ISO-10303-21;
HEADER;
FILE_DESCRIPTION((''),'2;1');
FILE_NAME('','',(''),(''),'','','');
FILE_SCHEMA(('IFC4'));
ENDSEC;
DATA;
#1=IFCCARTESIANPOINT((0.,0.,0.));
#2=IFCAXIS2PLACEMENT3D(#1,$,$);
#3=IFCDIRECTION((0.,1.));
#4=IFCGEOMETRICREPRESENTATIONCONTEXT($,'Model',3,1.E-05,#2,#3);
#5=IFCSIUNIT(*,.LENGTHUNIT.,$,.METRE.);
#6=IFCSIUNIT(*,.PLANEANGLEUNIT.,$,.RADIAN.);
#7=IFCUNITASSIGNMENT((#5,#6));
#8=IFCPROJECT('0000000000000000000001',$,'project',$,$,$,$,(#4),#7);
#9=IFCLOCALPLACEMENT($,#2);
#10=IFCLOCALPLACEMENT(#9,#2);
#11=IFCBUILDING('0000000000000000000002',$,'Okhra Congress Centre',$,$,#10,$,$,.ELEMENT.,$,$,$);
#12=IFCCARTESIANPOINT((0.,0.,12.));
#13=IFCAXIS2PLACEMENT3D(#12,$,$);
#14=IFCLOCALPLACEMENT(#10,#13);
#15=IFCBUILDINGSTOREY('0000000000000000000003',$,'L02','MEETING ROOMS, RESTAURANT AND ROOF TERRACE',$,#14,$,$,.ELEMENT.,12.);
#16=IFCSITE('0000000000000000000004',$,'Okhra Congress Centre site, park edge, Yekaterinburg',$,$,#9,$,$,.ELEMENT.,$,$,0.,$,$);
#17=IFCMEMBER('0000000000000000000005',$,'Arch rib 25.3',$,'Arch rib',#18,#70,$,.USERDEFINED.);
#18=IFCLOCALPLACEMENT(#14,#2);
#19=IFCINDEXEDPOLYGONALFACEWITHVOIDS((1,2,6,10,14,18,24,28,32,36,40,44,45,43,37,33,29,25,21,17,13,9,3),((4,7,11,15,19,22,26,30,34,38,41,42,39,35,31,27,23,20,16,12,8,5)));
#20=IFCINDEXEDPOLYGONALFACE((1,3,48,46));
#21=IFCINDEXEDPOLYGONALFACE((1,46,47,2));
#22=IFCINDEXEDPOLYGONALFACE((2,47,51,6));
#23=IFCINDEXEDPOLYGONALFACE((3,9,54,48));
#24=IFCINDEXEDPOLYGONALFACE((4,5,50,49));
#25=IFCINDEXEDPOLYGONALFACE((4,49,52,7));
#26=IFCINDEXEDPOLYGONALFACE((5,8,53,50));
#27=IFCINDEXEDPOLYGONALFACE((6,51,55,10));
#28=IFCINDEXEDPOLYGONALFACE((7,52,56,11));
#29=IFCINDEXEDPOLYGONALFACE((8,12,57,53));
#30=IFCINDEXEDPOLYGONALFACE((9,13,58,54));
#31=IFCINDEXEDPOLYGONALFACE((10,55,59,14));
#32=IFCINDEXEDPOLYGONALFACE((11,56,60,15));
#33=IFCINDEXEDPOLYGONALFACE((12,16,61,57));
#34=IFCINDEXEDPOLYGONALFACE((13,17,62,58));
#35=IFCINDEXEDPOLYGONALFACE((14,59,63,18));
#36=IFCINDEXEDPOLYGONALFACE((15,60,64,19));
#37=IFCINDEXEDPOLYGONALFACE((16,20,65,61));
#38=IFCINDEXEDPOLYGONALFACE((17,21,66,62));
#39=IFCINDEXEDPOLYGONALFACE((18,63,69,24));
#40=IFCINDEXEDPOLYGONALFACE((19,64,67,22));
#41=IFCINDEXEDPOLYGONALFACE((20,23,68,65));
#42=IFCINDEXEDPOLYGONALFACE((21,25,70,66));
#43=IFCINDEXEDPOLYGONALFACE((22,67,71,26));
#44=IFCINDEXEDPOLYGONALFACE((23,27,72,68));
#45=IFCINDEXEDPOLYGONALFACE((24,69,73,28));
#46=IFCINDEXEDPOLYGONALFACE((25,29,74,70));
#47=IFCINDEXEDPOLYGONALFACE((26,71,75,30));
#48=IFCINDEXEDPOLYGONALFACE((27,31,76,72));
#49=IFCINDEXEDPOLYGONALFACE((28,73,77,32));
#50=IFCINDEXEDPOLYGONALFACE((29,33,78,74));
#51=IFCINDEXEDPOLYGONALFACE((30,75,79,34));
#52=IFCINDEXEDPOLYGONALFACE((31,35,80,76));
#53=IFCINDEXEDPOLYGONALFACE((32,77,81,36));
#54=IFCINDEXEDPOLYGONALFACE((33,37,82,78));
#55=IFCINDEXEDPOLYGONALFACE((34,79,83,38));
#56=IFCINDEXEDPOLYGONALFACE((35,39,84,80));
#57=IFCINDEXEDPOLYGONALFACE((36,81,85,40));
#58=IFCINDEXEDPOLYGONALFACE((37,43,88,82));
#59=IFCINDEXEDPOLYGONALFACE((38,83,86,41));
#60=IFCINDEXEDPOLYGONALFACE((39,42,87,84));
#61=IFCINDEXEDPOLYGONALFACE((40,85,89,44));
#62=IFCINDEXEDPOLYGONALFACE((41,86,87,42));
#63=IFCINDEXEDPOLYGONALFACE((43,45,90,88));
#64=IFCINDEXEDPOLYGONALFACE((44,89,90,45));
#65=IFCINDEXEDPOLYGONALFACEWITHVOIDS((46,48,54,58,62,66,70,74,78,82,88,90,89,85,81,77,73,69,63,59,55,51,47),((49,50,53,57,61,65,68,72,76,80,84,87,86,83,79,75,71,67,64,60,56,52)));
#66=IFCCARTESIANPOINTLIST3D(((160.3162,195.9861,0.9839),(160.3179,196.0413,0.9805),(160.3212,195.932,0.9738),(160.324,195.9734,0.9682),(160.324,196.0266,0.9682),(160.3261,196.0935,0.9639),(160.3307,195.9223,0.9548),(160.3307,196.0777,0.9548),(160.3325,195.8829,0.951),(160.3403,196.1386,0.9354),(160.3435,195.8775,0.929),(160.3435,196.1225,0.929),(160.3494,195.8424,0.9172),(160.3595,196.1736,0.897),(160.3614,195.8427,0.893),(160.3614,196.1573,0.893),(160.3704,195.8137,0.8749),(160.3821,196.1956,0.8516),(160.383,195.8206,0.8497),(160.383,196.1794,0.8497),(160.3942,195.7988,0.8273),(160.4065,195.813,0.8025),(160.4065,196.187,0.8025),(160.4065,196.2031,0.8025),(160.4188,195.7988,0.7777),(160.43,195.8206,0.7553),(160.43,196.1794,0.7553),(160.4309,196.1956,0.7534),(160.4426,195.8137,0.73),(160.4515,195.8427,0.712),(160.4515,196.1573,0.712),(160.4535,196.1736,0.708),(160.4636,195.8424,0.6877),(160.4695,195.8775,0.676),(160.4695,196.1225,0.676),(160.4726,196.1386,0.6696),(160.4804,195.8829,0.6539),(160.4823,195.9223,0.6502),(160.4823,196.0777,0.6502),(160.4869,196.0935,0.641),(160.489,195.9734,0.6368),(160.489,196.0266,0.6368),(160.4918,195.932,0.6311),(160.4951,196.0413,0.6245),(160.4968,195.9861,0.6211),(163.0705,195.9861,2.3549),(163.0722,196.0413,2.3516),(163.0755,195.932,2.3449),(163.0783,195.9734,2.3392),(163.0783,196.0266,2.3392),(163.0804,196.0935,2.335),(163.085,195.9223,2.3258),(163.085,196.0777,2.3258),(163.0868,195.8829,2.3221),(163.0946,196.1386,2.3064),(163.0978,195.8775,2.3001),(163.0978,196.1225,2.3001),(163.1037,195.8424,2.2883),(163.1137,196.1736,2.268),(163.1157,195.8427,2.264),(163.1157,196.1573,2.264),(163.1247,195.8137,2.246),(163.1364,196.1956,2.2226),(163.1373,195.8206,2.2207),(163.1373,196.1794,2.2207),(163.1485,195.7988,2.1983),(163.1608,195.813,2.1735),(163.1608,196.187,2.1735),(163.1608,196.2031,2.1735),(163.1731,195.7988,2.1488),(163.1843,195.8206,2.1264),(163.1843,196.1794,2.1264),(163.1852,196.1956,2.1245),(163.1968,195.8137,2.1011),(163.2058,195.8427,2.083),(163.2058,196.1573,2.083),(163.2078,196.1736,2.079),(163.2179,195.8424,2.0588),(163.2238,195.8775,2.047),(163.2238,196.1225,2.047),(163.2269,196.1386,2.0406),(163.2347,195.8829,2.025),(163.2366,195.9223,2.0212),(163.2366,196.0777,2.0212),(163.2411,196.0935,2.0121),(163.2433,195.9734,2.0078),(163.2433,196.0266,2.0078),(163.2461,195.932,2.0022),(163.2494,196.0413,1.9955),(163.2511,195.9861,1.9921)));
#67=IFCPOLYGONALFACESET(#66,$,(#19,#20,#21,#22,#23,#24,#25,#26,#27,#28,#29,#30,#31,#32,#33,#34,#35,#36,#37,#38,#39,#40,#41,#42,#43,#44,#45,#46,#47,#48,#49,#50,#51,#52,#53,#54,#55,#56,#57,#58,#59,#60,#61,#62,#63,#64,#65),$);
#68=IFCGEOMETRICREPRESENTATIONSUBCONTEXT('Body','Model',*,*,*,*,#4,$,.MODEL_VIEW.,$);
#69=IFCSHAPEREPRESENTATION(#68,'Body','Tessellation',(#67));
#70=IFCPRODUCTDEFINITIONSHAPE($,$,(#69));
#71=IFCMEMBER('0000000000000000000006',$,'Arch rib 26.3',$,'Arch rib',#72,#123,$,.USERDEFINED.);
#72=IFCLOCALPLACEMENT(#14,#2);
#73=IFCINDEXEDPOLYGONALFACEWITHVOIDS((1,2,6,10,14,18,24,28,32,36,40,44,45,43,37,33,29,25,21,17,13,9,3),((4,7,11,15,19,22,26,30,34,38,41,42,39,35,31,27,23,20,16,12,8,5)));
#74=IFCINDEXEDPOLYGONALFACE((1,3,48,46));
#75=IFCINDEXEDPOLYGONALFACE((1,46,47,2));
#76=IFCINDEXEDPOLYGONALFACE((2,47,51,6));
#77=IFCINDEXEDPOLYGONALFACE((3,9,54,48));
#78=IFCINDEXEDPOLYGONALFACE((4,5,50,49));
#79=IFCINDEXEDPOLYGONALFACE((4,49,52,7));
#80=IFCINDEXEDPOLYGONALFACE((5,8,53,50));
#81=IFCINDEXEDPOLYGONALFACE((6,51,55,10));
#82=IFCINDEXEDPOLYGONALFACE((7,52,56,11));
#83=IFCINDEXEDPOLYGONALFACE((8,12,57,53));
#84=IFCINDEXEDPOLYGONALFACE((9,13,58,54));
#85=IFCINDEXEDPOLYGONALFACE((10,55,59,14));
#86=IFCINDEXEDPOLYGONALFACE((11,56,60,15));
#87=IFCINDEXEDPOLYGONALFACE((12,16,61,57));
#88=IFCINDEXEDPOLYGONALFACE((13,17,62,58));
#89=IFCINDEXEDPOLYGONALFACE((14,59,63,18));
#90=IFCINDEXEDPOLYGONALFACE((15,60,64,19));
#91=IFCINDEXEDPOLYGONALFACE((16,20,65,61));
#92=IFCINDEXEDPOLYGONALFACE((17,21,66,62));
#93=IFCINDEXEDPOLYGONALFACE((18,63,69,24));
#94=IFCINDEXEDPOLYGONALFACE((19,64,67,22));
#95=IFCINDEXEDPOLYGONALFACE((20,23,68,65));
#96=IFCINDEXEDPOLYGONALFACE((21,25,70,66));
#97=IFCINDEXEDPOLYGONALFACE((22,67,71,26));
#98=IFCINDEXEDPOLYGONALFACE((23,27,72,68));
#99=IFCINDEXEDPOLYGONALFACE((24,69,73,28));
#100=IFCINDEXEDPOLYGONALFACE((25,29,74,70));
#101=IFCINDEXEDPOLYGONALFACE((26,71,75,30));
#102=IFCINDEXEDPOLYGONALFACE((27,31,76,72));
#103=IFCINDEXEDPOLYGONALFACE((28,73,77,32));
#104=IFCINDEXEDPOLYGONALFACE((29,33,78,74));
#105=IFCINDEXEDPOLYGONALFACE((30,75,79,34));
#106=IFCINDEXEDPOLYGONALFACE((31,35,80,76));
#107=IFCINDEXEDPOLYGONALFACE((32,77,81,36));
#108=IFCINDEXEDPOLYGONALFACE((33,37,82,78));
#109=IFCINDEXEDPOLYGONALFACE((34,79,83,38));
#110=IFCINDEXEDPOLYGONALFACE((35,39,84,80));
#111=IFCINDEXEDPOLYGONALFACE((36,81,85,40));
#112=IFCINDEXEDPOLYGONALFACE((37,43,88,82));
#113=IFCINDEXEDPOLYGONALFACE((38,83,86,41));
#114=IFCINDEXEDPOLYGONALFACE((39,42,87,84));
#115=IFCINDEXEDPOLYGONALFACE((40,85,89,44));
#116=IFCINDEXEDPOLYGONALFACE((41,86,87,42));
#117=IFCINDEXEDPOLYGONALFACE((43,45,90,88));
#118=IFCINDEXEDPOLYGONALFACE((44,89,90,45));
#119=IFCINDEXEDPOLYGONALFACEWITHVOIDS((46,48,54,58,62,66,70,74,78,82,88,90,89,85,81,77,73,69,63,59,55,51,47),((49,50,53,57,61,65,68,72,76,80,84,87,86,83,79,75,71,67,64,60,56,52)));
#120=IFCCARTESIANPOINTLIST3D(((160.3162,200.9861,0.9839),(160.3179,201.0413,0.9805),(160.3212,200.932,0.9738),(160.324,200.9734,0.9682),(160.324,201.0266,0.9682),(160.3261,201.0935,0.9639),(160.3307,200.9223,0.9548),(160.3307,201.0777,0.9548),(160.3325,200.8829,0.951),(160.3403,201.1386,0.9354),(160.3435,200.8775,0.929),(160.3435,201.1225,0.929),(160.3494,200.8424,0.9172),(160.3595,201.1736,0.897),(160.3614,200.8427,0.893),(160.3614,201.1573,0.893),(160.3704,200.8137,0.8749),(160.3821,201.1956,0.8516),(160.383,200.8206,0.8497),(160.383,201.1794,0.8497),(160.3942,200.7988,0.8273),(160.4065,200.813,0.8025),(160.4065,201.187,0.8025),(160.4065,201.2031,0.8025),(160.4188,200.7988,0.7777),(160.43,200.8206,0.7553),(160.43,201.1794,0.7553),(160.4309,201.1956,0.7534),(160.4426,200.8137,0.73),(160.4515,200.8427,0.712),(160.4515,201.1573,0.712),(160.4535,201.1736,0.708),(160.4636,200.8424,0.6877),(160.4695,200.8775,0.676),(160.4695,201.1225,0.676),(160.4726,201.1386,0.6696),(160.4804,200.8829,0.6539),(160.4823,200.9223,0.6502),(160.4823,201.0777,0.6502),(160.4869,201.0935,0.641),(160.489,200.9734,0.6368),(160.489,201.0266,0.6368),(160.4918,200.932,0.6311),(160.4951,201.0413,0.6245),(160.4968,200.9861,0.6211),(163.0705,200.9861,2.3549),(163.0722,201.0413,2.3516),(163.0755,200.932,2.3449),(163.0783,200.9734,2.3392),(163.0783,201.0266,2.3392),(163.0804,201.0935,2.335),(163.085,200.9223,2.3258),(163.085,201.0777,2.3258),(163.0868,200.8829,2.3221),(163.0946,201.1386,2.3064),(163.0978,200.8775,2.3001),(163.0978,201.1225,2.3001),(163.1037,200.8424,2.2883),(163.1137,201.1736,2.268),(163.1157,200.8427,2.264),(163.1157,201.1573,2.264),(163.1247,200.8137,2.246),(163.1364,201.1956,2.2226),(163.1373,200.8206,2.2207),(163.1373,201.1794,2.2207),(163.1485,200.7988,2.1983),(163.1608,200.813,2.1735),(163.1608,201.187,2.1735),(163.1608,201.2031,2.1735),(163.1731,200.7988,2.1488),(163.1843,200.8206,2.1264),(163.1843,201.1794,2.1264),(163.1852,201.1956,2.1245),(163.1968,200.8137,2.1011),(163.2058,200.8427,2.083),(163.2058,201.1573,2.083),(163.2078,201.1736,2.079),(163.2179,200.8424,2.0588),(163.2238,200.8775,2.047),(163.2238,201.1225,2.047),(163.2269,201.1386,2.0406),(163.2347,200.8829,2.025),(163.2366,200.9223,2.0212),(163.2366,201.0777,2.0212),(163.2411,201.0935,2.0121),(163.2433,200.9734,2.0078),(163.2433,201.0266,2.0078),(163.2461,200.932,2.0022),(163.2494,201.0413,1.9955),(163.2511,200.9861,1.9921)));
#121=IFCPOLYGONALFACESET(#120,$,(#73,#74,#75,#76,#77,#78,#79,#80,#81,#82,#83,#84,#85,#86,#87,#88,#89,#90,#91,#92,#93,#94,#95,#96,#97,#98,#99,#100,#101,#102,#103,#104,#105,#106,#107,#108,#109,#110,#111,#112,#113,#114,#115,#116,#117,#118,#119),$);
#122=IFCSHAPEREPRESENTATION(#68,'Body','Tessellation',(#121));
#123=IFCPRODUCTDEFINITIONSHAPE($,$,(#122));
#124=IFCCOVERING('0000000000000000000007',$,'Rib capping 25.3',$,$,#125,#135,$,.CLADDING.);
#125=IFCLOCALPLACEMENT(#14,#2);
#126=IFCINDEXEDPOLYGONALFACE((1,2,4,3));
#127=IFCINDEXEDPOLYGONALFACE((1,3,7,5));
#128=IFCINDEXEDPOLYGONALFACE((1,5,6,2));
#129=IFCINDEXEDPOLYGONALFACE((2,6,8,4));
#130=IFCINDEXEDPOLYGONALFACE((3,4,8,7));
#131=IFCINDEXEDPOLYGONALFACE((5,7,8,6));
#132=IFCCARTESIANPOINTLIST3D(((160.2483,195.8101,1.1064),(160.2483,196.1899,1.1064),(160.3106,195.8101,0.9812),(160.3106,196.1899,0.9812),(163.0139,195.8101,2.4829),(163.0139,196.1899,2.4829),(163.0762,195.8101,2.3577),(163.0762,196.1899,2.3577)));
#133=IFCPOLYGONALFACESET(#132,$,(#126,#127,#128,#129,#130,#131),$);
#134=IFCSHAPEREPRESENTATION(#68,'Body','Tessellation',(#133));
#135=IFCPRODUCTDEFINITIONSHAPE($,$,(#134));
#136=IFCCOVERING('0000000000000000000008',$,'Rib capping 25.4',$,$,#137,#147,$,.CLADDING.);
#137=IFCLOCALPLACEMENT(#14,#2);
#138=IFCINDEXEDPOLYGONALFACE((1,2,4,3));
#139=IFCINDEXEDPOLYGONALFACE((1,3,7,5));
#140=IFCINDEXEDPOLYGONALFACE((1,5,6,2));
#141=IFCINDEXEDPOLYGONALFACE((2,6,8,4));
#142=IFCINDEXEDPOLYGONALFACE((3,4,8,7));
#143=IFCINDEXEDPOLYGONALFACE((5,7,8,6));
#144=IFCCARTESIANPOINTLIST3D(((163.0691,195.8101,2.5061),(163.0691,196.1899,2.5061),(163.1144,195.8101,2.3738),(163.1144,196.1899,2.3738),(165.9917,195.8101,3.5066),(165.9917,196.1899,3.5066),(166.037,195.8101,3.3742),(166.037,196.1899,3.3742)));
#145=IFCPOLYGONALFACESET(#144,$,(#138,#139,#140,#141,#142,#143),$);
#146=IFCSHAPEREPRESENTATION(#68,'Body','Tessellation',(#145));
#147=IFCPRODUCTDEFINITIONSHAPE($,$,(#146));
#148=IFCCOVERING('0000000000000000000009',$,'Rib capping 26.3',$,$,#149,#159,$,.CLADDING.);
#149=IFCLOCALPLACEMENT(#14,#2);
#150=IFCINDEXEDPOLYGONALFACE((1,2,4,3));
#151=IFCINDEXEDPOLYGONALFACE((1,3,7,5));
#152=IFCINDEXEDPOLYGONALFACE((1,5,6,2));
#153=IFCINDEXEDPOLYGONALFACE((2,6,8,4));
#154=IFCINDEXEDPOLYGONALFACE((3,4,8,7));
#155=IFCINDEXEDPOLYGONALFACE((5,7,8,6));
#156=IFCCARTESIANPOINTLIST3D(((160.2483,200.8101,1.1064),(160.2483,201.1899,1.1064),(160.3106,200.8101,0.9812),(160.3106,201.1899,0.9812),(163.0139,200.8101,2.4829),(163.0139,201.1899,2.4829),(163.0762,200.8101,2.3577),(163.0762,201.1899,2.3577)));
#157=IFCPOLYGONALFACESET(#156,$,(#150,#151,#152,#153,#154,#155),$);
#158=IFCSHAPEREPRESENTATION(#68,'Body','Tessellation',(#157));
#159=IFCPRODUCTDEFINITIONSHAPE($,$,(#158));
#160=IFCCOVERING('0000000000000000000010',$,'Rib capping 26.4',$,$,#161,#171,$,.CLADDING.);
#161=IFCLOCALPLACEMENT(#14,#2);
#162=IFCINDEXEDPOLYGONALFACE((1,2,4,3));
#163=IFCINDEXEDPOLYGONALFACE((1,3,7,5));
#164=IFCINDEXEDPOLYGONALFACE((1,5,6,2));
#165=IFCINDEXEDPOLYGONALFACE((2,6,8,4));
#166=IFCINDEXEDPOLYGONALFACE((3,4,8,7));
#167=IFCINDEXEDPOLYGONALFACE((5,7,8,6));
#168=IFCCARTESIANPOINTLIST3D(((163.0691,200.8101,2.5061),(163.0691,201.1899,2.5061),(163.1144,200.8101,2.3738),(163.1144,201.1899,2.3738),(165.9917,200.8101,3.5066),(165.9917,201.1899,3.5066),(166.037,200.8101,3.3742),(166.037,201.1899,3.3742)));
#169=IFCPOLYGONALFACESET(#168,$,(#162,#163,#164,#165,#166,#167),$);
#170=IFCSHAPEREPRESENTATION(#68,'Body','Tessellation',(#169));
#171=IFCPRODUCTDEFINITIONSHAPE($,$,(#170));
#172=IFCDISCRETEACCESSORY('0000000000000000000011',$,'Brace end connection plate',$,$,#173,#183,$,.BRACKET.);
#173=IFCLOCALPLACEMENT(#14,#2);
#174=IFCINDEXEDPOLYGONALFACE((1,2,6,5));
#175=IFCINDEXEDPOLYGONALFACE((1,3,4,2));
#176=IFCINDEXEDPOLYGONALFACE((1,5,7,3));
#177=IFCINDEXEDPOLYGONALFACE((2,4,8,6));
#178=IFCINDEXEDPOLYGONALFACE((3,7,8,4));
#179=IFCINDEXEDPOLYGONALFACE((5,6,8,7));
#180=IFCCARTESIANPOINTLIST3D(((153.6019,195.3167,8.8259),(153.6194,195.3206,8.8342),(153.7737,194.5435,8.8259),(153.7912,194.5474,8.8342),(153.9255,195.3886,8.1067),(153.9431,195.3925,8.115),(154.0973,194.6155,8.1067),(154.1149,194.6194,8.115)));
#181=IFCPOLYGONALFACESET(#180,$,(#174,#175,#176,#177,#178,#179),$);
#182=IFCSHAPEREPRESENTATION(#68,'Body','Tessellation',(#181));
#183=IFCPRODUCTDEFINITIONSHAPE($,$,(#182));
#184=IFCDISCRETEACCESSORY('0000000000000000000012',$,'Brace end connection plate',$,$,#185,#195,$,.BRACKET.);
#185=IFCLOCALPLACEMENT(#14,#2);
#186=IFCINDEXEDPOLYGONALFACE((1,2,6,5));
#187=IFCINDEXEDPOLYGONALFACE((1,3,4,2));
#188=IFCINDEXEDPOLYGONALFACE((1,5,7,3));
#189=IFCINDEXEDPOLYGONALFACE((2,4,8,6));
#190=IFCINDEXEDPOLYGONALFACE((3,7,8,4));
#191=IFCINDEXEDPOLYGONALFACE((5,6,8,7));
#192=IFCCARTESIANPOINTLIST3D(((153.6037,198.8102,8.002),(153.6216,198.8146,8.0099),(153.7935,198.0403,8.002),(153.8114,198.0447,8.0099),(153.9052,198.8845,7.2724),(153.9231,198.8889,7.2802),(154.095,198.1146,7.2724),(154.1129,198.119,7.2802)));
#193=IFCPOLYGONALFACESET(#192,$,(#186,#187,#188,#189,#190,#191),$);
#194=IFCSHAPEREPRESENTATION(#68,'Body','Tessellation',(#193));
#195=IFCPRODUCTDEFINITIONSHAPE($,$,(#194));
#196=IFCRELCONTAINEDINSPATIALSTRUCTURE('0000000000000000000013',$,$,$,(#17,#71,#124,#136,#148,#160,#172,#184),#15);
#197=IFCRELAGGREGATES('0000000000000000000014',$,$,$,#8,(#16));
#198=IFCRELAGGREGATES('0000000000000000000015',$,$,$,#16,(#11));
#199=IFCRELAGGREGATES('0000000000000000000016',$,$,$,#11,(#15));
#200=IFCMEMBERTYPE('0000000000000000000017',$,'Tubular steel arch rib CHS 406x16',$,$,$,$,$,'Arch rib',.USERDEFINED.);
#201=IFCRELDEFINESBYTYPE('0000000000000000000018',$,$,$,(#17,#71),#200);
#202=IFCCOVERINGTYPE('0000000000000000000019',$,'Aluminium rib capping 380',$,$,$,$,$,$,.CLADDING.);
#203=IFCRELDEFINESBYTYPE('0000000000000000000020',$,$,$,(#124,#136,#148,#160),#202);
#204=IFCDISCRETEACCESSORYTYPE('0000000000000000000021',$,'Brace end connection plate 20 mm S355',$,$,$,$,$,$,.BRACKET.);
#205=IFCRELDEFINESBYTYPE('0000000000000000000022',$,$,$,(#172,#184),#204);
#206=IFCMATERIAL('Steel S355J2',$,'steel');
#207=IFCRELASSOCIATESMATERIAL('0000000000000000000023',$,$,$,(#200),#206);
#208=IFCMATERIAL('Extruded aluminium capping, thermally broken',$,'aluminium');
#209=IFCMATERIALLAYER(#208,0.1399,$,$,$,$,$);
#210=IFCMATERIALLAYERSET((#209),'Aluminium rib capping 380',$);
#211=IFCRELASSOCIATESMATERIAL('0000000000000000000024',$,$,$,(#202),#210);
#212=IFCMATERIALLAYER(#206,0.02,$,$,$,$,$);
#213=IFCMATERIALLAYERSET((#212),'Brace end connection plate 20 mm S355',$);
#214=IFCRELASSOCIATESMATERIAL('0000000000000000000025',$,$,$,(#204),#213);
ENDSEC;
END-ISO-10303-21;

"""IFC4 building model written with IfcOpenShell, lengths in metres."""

from ifc_helpers import new_model, si_unit, direction, frame, origin, origin_2d, place, context, subcontext, project, spatial, polyline, rectangle, hollow_circle, outline, extrude, material, layer, layer_set, material_profile, profile_set, type_object, element, save


model = new_model("IFC4")

# Units and contexts
model_context = context("Model", 3, precision=1e-05, world=origin(), true_north=direction((0.0, 1.0)))
body_context = subcontext(model_context, "Body", "Model", "MODEL_VIEW")
ifc_project = project(units=[si_unit("LENGTHUNIT", "METRE"), si_unit("PLANEANGLEUNIT", "RADIAN")], contexts=[model_context])

# Site, building, storey
site_placement = place(None, origin())
site = spatial("IfcSite", under=ifc_project, at=site_placement, Name="Okhra Congress Centre site, park edge, Yekaterinburg", CompositionType="ELEMENT", RefElevation=0.0)
building_placement = place(site_placement, origin())
building = spatial("IfcBuilding", under=site, at=building_placement, Name="Okhra Congress Centre", CompositionType="ELEMENT")
storey_placement = place(building_placement, frame((0.0, 0.0, 12.0)))
storey = spatial("IfcBuildingStorey", under=building, at=storey_placement, Name="L02", Description="MEETING ROOMS, RESTAURANT AND ROOF TERRACE", CompositionType="ELEMENT", Elevation=12.0)

# Members
ifc_material_1 = material(Name="Steel S355J2", Category="steel")
ifc_material_profile_1 = material_profile(ifc_material_1, hollow_circle(Radius=0.2031, WallThickness=0.0161, at=origin_2d()), Name="CHS 406.4x16")
ifc_profile_set_1 = profile_set([ifc_material_profile_1], Name="Steel S355J2")
member_type_1 = type_object("IfcMemberType", Name="Tubular steel arch rib CHS 406x16", ElementType="Arch rib", PredefinedType="USERDEFINED", material=ifc_profile_set_1)
for number, where, z_axis, x_axis, name in (
    (1, (160.4065, 196.0, 0.8025), (0.895219, 0.0, 0.445626), (0.0, 1.0, 0.0), "Arch rib 25.3"),
    (2, (160.4065, 201.0, 0.8025), (0.895219, 0.0, 0.445626), (0.0, 1.0, 0.0), "Arch rib 26.3"),
):
    element("IfcMember", number, at=place(storey_placement, frame(where, z_axis=z_axis, x_axis=x_axis)), inside=storey, type_object=member_type_1, Name=name, ObjectType="Arch rib", PredefinedType="USERDEFINED", context=body_context, shape_type="SweptSolid", body=[
        extrude(hollow_circle(Radius=0.2031, WallThickness=0.0161, at=origin_2d()), origin(), (0.0, 0.0, 1.0), 3.0767),
    ])

# Coverings
ifc_material_2 = material(Name="Extruded aluminium capping, thermally broken", Category="aluminium")
ifc_layer_1 = layer(ifc_material_2, 0.1399)
ifc_layer_set_1 = layer_set([ifc_layer_1], Name="Aluminium rib capping 380")
covering_type = type_object("IfcCoveringType", Name="Aluminium rib capping 380", PredefinedType="CLADDING", material=ifc_layer_set_1)
covering_1_placement = place(storey_placement, frame((160.2483, 195.8101, 1.1064), z_axis=(-0.445569, 0.0, 0.895248), x_axis=(0.895248, 0.0, 0.445569)))
element("IfcCovering", 3, at=covering_1_placement, inside=storey, type_object=covering_type, Name="Rib capping 25.3", PredefinedType="CLADDING", context=body_context, shape_type="SweptSolid", body=[
    extrude(outline(polyline([(0.0, 0.0), (3.0892, 0.0), (3.0892, 0.3799), (0.0, 0.3799), (0.0, 0.0)])), origin(), (0.0, 0.0, -1.0), 0.1399),
])
covering_2_placement = place(storey_placement, frame((163.0691, 195.8101, 2.5061), z_axis=(-0.323876, 0.0, 0.9461), x_axis=(0.9461, 0.0, 0.323876)))
element("IfcCovering", 4, at=covering_2_placement, inside=storey, type_object=covering_type, Name="Rib capping 25.4", PredefinedType="CLADDING", context=body_context, shape_type="SweptSolid", body=[
    extrude(outline(polyline([(0.0, 0.0), (3.0891, 0.0), (3.0891, 0.3799), (0.0, 0.3799), (0.0, 0.0)])), origin(), (0.0, 0.0, -1.0), 0.1399),
])
covering_3_placement = place(storey_placement, frame((160.2483, 200.8101, 1.1064), z_axis=(-0.445569, 0.0, 0.895248), x_axis=(0.895248, 0.0, 0.445569)))
element("IfcCovering", 5, at=covering_3_placement, inside=storey, type_object=covering_type, Name="Rib capping 26.3", PredefinedType="CLADDING", context=body_context, shape_type="SweptSolid", body=[
    extrude(outline(polyline([(0.0, 0.0), (3.0892, 0.0), (3.0892, 0.3799), (0.0, 0.3799), (0.0, 0.0)])), origin(), (0.0, 0.0, -1.0), 0.1399),
])
covering_4_placement = place(storey_placement, frame((163.0691, 200.8101, 2.5061), z_axis=(-0.323876, 0.0, 0.9461), x_axis=(0.9461, 0.0, 0.323876)))
element("IfcCovering", 6, at=covering_4_placement, inside=storey, type_object=covering_type, Name="Rib capping 26.4", PredefinedType="CLADDING", context=body_context, shape_type="SweptSolid", body=[
    extrude(outline(polyline([(0.0, 0.0), (3.0891, 0.0), (3.0891, 0.3799), (0.0, 0.3799), (0.0, 0.0)])), origin(), (0.0, 0.0, -1.0), 0.1399),
])

# Discrete accessories
ifc_layer_2 = layer(ifc_material_1, 0.02)
ifc_layer_set_2 = layer_set([ifc_layer_2], Name="Brace end connection plate 20 mm S355")
discrete_accessory_type = type_object("IfcDiscreteAccessoryType", Name="Brace end connection plate 20 mm S355", PredefinedType="BRACKET", material=ifc_layer_set_2)
discrete_accessory_1_placement = place(storey_placement, frame((153.8496, 194.9661, 8.4663), z_axis=(0.886527, 0.197006, 0.418638), x_axis=(-0.21693, 0.976187, 0.0)))
element("IfcDiscreteAccessory", 7, at=discrete_accessory_1_placement, inside=storey, type_object=discrete_accessory_type, Name="Brace end connection plate", PredefinedType="BRACKET", context=body_context, shape_type="SweptSolid", body=[
    extrude(rectangle(XDim=0.792, YDim=0.792, at=origin_2d()), origin(), (0.0, 0.0, 1.0), 0.0198),
])
discrete_accessory_2_placement = place(storey_placement, frame((153.8494, 198.4624, 7.6372), z_axis=(0.893372, 0.220283, 0.391615), x_axis=(-0.239405, 0.97092, 0.0)))
element("IfcDiscreteAccessory", 8, at=discrete_accessory_2_placement, inside=storey, type_object=discrete_accessory_type, Name="Brace end connection plate", PredefinedType="BRACKET", context=body_context, shape_type="SweptSolid", body=[
    extrude(rectangle(XDim=0.793, YDim=0.793, at=origin_2d()), origin(), (0.0, 0.0, 1.0), 0.02),
])

save(model, "model.ifc")
